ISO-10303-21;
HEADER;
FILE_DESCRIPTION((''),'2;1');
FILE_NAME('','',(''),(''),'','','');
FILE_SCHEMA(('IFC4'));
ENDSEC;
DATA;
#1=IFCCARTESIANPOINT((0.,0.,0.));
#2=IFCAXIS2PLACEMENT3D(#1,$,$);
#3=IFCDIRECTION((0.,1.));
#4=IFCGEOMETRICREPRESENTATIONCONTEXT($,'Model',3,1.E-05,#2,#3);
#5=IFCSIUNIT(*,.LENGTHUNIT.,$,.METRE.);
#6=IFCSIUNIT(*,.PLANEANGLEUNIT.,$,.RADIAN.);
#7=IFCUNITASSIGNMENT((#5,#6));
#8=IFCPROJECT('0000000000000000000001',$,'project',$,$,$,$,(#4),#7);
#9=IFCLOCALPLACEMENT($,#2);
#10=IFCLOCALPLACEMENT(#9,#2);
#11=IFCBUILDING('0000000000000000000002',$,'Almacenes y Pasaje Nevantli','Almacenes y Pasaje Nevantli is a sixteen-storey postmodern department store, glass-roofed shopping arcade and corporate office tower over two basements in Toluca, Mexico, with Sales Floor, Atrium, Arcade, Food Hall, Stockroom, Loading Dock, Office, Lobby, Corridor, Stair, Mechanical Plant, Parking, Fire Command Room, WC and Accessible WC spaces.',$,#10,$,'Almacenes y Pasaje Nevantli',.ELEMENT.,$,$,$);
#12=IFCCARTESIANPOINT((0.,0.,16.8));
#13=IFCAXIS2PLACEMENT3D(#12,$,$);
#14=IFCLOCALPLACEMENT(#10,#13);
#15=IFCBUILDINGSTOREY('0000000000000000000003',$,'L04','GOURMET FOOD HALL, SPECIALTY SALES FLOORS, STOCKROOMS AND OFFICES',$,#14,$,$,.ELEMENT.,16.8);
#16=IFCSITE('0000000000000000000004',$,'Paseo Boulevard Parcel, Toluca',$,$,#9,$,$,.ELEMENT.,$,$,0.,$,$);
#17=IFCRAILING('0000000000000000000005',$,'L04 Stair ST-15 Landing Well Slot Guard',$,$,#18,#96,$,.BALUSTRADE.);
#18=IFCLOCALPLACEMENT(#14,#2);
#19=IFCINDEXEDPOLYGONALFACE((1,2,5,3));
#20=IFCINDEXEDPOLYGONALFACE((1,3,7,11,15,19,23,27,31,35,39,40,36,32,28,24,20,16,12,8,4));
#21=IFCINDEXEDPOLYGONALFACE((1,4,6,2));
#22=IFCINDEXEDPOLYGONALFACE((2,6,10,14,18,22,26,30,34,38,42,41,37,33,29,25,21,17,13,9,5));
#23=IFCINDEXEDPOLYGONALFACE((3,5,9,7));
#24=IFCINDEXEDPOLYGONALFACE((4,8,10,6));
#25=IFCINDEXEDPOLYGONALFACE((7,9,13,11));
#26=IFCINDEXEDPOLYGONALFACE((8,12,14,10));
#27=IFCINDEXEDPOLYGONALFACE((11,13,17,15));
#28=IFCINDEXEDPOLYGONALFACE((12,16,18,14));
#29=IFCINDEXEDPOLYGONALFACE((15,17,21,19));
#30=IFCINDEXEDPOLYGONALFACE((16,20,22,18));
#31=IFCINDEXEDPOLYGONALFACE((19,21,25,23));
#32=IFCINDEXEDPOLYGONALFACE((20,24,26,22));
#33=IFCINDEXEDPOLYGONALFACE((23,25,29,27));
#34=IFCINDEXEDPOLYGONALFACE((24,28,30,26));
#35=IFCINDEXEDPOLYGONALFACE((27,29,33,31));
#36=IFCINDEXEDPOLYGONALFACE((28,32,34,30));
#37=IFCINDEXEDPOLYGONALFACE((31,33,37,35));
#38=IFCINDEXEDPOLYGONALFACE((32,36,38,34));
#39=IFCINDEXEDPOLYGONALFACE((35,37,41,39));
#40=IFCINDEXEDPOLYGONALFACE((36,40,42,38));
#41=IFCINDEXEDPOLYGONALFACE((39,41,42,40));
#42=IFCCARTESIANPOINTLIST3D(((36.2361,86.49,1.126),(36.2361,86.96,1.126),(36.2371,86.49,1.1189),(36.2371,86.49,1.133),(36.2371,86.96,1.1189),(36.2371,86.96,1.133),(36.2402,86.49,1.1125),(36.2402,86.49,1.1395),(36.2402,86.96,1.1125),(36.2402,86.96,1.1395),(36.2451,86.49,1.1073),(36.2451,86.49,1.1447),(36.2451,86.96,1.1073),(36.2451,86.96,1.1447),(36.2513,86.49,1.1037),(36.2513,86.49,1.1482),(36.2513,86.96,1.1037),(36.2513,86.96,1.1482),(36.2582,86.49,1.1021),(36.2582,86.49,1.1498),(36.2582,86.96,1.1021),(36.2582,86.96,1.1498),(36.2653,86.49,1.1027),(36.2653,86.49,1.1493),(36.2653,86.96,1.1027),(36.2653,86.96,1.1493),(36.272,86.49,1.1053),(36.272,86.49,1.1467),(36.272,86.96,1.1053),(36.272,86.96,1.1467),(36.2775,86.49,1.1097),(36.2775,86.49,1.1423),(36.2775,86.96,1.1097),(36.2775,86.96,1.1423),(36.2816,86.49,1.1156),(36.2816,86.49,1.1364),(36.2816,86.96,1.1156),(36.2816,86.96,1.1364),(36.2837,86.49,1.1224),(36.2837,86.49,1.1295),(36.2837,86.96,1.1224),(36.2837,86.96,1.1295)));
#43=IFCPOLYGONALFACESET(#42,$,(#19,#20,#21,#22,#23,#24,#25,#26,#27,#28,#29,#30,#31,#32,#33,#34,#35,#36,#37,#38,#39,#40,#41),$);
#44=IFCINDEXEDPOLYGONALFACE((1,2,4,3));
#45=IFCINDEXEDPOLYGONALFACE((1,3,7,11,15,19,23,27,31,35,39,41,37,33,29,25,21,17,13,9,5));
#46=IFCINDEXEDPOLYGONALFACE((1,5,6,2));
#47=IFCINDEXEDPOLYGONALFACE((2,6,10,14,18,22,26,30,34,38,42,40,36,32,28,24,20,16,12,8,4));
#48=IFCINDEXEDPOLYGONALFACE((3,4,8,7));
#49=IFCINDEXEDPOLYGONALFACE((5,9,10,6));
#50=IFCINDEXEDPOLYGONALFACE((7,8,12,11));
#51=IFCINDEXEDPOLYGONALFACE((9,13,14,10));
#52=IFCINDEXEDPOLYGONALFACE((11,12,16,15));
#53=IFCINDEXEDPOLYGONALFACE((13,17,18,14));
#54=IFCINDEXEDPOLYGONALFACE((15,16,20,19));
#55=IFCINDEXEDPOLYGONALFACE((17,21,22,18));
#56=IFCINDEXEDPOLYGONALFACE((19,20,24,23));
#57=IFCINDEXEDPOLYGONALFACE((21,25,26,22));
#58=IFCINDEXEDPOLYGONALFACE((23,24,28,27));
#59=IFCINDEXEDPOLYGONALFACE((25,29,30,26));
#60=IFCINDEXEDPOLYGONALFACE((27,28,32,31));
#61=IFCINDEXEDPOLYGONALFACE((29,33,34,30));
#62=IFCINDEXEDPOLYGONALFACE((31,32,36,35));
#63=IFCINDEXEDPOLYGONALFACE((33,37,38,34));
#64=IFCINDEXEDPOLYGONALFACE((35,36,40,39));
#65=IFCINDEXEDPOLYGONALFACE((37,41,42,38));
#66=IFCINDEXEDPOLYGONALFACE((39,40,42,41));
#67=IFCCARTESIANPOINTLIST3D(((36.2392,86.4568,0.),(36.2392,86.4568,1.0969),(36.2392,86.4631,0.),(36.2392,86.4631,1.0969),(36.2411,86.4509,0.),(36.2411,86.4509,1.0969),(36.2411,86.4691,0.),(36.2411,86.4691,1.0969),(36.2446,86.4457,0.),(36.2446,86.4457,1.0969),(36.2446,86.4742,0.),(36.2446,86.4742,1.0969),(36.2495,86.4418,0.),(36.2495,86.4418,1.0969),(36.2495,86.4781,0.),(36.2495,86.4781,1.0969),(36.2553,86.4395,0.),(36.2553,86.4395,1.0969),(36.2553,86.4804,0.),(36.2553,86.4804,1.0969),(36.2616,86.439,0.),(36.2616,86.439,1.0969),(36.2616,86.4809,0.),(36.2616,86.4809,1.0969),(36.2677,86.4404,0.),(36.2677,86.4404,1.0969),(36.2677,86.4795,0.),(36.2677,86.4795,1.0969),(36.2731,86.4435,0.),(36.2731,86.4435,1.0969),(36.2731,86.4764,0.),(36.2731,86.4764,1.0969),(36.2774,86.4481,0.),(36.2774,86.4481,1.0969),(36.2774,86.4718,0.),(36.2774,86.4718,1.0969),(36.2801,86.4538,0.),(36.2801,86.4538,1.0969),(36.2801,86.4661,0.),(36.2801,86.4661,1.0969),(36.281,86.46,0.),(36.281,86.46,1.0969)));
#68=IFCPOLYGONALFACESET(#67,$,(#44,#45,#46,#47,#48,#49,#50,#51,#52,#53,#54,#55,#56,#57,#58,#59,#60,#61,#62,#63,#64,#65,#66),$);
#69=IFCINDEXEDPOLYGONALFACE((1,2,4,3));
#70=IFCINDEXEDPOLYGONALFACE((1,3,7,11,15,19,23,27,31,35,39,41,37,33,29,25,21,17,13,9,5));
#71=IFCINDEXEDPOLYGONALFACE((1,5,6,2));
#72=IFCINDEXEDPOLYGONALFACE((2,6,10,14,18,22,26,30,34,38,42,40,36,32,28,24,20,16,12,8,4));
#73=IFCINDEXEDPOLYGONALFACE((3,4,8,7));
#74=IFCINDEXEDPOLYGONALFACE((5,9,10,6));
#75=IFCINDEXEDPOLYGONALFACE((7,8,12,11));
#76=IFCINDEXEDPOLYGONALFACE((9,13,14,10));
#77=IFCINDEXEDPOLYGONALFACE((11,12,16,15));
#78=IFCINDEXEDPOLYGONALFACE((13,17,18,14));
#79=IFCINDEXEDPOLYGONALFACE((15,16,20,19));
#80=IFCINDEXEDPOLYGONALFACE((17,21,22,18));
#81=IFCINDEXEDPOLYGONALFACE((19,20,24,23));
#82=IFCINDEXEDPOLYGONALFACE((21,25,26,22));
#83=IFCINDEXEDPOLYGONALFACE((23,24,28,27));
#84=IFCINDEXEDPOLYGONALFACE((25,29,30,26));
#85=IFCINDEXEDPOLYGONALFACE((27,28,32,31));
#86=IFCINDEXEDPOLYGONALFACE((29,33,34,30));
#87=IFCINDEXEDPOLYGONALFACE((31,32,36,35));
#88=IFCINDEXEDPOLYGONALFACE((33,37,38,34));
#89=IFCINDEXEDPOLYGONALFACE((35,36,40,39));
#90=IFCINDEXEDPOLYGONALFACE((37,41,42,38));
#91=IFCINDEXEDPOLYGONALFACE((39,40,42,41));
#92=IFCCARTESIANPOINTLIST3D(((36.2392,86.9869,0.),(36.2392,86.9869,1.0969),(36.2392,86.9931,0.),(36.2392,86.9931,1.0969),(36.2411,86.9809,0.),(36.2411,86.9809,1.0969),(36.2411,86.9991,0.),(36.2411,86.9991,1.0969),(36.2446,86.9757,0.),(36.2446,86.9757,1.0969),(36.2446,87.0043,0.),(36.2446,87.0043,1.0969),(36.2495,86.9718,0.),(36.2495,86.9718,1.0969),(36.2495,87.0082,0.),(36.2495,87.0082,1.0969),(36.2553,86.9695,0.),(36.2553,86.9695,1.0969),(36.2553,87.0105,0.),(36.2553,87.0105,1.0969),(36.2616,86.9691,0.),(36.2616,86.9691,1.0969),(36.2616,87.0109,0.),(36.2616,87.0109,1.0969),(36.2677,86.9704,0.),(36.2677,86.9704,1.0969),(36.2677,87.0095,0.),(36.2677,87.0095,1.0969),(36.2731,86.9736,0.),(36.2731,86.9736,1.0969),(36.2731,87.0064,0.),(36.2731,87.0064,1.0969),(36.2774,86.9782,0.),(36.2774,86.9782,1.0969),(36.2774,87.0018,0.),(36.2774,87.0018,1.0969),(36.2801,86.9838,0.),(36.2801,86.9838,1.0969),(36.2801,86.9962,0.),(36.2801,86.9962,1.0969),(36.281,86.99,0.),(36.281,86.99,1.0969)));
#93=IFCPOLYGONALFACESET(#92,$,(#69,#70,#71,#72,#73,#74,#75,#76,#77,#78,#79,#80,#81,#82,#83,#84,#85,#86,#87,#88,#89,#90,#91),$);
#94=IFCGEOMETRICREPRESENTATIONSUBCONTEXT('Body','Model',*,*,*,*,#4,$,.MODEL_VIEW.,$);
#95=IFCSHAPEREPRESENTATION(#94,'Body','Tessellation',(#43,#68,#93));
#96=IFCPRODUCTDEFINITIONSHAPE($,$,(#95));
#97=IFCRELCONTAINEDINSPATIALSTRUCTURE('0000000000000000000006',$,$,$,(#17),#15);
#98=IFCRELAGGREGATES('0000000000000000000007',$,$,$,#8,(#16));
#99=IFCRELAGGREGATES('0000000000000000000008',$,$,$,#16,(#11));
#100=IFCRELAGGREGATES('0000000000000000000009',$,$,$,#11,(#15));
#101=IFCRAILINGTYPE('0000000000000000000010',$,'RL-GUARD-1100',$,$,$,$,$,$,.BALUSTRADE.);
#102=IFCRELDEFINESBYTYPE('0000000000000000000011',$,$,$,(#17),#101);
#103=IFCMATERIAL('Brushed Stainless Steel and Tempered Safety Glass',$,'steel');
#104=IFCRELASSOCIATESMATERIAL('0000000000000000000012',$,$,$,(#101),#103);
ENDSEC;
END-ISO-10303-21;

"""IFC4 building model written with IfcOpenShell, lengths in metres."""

from ifc_helpers import new_model, si_unit, direction, frame, origin, origin_2d, place, context, subcontext, project, spatial, circle, extrude, material, type_object, element, save


model = new_model("IFC4")

# Units and contexts
model_context = context("Model", 3, precision=1e-05, world=origin(), true_north=direction((0.0, 1.0)))
body_context = subcontext(model_context, "Body", "Model", "MODEL_VIEW")
ifc_project = project(units=[si_unit("LENGTHUNIT", "METRE"), si_unit("PLANEANGLEUNIT", "RADIAN")], contexts=[model_context])

# Site, building, storey
site_placement = place(None, origin())
site = spatial("IfcSite", under=ifc_project, at=site_placement, Name="Paseo Boulevard Parcel, Toluca", CompositionType="ELEMENT", RefElevation=0.0)
building_placement = place(site_placement, origin())
building = spatial("IfcBuilding", under=site, at=building_placement, Name="Almacenes y Pasaje Nevantli", Description="Almacenes y Pasaje Nevantli is a sixteen-storey postmodern department store, glass-roofed shopping arcade and corporate office tower over two basements in Toluca, Mexico, with Sales Floor, Atrium, Arcade, Food Hall, Stockroom, Loading Dock, Office, Lobby, Corridor, Stair, Mechanical Plant, Parking, Fire Command Room, WC and Accessible WC spaces.", LongName="Almacenes y Pasaje Nevantli", CompositionType="ELEMENT")
storey_placement = place(building_placement, frame((0.0, 0.0, 16.8)))
storey = spatial("IfcBuildingStorey", under=building, at=storey_placement, Name="L04", Description="GOURMET FOOD HALL, SPECIALTY SALES FLOORS, STOCKROOMS AND OFFICES", CompositionType="ELEMENT", Elevation=16.8)

# Railing
ifc_material_1 = material(Name="Brushed Stainless Steel and Tempered Safety Glass", Category="steel")
railing_type_1 = type_object("IfcRailingType", Name="RL-GUARD-1100", PredefinedType="BALUSTRADE", material=ifc_material_1)
railing_1_placement = place(storey_placement, frame((36.26, 86.46, 0.0)))
element("IfcRailing", 1, at=railing_1_placement, inside=storey, type_object=railing_type_1, Name="L04 Stair ST-15 Landing Well Slot Guard", PredefinedType="BALUSTRADE", context=body_context, shape_type="SweptSolid", body=[
    extrude(circle(Radius=0.0239, at=origin_2d()), frame((0.0, 0.03, 1.126), z_axis=(0.0, 1.0, 0.0), x_axis=(-1.0, 0.0, 0.0)), (0.0, 0.0, 1.0), 0.47),
    extrude(circle(Radius=0.021, at=origin_2d()), origin(), (0.0, 0.0, 1.0), 1.0969),
    extrude(circle(Radius=0.021, at=origin_2d()), frame((0.0, 0.53, 0.0)), (0.0, 0.0, 1.0), 1.0969),
])

save(model, "model.ifc")
